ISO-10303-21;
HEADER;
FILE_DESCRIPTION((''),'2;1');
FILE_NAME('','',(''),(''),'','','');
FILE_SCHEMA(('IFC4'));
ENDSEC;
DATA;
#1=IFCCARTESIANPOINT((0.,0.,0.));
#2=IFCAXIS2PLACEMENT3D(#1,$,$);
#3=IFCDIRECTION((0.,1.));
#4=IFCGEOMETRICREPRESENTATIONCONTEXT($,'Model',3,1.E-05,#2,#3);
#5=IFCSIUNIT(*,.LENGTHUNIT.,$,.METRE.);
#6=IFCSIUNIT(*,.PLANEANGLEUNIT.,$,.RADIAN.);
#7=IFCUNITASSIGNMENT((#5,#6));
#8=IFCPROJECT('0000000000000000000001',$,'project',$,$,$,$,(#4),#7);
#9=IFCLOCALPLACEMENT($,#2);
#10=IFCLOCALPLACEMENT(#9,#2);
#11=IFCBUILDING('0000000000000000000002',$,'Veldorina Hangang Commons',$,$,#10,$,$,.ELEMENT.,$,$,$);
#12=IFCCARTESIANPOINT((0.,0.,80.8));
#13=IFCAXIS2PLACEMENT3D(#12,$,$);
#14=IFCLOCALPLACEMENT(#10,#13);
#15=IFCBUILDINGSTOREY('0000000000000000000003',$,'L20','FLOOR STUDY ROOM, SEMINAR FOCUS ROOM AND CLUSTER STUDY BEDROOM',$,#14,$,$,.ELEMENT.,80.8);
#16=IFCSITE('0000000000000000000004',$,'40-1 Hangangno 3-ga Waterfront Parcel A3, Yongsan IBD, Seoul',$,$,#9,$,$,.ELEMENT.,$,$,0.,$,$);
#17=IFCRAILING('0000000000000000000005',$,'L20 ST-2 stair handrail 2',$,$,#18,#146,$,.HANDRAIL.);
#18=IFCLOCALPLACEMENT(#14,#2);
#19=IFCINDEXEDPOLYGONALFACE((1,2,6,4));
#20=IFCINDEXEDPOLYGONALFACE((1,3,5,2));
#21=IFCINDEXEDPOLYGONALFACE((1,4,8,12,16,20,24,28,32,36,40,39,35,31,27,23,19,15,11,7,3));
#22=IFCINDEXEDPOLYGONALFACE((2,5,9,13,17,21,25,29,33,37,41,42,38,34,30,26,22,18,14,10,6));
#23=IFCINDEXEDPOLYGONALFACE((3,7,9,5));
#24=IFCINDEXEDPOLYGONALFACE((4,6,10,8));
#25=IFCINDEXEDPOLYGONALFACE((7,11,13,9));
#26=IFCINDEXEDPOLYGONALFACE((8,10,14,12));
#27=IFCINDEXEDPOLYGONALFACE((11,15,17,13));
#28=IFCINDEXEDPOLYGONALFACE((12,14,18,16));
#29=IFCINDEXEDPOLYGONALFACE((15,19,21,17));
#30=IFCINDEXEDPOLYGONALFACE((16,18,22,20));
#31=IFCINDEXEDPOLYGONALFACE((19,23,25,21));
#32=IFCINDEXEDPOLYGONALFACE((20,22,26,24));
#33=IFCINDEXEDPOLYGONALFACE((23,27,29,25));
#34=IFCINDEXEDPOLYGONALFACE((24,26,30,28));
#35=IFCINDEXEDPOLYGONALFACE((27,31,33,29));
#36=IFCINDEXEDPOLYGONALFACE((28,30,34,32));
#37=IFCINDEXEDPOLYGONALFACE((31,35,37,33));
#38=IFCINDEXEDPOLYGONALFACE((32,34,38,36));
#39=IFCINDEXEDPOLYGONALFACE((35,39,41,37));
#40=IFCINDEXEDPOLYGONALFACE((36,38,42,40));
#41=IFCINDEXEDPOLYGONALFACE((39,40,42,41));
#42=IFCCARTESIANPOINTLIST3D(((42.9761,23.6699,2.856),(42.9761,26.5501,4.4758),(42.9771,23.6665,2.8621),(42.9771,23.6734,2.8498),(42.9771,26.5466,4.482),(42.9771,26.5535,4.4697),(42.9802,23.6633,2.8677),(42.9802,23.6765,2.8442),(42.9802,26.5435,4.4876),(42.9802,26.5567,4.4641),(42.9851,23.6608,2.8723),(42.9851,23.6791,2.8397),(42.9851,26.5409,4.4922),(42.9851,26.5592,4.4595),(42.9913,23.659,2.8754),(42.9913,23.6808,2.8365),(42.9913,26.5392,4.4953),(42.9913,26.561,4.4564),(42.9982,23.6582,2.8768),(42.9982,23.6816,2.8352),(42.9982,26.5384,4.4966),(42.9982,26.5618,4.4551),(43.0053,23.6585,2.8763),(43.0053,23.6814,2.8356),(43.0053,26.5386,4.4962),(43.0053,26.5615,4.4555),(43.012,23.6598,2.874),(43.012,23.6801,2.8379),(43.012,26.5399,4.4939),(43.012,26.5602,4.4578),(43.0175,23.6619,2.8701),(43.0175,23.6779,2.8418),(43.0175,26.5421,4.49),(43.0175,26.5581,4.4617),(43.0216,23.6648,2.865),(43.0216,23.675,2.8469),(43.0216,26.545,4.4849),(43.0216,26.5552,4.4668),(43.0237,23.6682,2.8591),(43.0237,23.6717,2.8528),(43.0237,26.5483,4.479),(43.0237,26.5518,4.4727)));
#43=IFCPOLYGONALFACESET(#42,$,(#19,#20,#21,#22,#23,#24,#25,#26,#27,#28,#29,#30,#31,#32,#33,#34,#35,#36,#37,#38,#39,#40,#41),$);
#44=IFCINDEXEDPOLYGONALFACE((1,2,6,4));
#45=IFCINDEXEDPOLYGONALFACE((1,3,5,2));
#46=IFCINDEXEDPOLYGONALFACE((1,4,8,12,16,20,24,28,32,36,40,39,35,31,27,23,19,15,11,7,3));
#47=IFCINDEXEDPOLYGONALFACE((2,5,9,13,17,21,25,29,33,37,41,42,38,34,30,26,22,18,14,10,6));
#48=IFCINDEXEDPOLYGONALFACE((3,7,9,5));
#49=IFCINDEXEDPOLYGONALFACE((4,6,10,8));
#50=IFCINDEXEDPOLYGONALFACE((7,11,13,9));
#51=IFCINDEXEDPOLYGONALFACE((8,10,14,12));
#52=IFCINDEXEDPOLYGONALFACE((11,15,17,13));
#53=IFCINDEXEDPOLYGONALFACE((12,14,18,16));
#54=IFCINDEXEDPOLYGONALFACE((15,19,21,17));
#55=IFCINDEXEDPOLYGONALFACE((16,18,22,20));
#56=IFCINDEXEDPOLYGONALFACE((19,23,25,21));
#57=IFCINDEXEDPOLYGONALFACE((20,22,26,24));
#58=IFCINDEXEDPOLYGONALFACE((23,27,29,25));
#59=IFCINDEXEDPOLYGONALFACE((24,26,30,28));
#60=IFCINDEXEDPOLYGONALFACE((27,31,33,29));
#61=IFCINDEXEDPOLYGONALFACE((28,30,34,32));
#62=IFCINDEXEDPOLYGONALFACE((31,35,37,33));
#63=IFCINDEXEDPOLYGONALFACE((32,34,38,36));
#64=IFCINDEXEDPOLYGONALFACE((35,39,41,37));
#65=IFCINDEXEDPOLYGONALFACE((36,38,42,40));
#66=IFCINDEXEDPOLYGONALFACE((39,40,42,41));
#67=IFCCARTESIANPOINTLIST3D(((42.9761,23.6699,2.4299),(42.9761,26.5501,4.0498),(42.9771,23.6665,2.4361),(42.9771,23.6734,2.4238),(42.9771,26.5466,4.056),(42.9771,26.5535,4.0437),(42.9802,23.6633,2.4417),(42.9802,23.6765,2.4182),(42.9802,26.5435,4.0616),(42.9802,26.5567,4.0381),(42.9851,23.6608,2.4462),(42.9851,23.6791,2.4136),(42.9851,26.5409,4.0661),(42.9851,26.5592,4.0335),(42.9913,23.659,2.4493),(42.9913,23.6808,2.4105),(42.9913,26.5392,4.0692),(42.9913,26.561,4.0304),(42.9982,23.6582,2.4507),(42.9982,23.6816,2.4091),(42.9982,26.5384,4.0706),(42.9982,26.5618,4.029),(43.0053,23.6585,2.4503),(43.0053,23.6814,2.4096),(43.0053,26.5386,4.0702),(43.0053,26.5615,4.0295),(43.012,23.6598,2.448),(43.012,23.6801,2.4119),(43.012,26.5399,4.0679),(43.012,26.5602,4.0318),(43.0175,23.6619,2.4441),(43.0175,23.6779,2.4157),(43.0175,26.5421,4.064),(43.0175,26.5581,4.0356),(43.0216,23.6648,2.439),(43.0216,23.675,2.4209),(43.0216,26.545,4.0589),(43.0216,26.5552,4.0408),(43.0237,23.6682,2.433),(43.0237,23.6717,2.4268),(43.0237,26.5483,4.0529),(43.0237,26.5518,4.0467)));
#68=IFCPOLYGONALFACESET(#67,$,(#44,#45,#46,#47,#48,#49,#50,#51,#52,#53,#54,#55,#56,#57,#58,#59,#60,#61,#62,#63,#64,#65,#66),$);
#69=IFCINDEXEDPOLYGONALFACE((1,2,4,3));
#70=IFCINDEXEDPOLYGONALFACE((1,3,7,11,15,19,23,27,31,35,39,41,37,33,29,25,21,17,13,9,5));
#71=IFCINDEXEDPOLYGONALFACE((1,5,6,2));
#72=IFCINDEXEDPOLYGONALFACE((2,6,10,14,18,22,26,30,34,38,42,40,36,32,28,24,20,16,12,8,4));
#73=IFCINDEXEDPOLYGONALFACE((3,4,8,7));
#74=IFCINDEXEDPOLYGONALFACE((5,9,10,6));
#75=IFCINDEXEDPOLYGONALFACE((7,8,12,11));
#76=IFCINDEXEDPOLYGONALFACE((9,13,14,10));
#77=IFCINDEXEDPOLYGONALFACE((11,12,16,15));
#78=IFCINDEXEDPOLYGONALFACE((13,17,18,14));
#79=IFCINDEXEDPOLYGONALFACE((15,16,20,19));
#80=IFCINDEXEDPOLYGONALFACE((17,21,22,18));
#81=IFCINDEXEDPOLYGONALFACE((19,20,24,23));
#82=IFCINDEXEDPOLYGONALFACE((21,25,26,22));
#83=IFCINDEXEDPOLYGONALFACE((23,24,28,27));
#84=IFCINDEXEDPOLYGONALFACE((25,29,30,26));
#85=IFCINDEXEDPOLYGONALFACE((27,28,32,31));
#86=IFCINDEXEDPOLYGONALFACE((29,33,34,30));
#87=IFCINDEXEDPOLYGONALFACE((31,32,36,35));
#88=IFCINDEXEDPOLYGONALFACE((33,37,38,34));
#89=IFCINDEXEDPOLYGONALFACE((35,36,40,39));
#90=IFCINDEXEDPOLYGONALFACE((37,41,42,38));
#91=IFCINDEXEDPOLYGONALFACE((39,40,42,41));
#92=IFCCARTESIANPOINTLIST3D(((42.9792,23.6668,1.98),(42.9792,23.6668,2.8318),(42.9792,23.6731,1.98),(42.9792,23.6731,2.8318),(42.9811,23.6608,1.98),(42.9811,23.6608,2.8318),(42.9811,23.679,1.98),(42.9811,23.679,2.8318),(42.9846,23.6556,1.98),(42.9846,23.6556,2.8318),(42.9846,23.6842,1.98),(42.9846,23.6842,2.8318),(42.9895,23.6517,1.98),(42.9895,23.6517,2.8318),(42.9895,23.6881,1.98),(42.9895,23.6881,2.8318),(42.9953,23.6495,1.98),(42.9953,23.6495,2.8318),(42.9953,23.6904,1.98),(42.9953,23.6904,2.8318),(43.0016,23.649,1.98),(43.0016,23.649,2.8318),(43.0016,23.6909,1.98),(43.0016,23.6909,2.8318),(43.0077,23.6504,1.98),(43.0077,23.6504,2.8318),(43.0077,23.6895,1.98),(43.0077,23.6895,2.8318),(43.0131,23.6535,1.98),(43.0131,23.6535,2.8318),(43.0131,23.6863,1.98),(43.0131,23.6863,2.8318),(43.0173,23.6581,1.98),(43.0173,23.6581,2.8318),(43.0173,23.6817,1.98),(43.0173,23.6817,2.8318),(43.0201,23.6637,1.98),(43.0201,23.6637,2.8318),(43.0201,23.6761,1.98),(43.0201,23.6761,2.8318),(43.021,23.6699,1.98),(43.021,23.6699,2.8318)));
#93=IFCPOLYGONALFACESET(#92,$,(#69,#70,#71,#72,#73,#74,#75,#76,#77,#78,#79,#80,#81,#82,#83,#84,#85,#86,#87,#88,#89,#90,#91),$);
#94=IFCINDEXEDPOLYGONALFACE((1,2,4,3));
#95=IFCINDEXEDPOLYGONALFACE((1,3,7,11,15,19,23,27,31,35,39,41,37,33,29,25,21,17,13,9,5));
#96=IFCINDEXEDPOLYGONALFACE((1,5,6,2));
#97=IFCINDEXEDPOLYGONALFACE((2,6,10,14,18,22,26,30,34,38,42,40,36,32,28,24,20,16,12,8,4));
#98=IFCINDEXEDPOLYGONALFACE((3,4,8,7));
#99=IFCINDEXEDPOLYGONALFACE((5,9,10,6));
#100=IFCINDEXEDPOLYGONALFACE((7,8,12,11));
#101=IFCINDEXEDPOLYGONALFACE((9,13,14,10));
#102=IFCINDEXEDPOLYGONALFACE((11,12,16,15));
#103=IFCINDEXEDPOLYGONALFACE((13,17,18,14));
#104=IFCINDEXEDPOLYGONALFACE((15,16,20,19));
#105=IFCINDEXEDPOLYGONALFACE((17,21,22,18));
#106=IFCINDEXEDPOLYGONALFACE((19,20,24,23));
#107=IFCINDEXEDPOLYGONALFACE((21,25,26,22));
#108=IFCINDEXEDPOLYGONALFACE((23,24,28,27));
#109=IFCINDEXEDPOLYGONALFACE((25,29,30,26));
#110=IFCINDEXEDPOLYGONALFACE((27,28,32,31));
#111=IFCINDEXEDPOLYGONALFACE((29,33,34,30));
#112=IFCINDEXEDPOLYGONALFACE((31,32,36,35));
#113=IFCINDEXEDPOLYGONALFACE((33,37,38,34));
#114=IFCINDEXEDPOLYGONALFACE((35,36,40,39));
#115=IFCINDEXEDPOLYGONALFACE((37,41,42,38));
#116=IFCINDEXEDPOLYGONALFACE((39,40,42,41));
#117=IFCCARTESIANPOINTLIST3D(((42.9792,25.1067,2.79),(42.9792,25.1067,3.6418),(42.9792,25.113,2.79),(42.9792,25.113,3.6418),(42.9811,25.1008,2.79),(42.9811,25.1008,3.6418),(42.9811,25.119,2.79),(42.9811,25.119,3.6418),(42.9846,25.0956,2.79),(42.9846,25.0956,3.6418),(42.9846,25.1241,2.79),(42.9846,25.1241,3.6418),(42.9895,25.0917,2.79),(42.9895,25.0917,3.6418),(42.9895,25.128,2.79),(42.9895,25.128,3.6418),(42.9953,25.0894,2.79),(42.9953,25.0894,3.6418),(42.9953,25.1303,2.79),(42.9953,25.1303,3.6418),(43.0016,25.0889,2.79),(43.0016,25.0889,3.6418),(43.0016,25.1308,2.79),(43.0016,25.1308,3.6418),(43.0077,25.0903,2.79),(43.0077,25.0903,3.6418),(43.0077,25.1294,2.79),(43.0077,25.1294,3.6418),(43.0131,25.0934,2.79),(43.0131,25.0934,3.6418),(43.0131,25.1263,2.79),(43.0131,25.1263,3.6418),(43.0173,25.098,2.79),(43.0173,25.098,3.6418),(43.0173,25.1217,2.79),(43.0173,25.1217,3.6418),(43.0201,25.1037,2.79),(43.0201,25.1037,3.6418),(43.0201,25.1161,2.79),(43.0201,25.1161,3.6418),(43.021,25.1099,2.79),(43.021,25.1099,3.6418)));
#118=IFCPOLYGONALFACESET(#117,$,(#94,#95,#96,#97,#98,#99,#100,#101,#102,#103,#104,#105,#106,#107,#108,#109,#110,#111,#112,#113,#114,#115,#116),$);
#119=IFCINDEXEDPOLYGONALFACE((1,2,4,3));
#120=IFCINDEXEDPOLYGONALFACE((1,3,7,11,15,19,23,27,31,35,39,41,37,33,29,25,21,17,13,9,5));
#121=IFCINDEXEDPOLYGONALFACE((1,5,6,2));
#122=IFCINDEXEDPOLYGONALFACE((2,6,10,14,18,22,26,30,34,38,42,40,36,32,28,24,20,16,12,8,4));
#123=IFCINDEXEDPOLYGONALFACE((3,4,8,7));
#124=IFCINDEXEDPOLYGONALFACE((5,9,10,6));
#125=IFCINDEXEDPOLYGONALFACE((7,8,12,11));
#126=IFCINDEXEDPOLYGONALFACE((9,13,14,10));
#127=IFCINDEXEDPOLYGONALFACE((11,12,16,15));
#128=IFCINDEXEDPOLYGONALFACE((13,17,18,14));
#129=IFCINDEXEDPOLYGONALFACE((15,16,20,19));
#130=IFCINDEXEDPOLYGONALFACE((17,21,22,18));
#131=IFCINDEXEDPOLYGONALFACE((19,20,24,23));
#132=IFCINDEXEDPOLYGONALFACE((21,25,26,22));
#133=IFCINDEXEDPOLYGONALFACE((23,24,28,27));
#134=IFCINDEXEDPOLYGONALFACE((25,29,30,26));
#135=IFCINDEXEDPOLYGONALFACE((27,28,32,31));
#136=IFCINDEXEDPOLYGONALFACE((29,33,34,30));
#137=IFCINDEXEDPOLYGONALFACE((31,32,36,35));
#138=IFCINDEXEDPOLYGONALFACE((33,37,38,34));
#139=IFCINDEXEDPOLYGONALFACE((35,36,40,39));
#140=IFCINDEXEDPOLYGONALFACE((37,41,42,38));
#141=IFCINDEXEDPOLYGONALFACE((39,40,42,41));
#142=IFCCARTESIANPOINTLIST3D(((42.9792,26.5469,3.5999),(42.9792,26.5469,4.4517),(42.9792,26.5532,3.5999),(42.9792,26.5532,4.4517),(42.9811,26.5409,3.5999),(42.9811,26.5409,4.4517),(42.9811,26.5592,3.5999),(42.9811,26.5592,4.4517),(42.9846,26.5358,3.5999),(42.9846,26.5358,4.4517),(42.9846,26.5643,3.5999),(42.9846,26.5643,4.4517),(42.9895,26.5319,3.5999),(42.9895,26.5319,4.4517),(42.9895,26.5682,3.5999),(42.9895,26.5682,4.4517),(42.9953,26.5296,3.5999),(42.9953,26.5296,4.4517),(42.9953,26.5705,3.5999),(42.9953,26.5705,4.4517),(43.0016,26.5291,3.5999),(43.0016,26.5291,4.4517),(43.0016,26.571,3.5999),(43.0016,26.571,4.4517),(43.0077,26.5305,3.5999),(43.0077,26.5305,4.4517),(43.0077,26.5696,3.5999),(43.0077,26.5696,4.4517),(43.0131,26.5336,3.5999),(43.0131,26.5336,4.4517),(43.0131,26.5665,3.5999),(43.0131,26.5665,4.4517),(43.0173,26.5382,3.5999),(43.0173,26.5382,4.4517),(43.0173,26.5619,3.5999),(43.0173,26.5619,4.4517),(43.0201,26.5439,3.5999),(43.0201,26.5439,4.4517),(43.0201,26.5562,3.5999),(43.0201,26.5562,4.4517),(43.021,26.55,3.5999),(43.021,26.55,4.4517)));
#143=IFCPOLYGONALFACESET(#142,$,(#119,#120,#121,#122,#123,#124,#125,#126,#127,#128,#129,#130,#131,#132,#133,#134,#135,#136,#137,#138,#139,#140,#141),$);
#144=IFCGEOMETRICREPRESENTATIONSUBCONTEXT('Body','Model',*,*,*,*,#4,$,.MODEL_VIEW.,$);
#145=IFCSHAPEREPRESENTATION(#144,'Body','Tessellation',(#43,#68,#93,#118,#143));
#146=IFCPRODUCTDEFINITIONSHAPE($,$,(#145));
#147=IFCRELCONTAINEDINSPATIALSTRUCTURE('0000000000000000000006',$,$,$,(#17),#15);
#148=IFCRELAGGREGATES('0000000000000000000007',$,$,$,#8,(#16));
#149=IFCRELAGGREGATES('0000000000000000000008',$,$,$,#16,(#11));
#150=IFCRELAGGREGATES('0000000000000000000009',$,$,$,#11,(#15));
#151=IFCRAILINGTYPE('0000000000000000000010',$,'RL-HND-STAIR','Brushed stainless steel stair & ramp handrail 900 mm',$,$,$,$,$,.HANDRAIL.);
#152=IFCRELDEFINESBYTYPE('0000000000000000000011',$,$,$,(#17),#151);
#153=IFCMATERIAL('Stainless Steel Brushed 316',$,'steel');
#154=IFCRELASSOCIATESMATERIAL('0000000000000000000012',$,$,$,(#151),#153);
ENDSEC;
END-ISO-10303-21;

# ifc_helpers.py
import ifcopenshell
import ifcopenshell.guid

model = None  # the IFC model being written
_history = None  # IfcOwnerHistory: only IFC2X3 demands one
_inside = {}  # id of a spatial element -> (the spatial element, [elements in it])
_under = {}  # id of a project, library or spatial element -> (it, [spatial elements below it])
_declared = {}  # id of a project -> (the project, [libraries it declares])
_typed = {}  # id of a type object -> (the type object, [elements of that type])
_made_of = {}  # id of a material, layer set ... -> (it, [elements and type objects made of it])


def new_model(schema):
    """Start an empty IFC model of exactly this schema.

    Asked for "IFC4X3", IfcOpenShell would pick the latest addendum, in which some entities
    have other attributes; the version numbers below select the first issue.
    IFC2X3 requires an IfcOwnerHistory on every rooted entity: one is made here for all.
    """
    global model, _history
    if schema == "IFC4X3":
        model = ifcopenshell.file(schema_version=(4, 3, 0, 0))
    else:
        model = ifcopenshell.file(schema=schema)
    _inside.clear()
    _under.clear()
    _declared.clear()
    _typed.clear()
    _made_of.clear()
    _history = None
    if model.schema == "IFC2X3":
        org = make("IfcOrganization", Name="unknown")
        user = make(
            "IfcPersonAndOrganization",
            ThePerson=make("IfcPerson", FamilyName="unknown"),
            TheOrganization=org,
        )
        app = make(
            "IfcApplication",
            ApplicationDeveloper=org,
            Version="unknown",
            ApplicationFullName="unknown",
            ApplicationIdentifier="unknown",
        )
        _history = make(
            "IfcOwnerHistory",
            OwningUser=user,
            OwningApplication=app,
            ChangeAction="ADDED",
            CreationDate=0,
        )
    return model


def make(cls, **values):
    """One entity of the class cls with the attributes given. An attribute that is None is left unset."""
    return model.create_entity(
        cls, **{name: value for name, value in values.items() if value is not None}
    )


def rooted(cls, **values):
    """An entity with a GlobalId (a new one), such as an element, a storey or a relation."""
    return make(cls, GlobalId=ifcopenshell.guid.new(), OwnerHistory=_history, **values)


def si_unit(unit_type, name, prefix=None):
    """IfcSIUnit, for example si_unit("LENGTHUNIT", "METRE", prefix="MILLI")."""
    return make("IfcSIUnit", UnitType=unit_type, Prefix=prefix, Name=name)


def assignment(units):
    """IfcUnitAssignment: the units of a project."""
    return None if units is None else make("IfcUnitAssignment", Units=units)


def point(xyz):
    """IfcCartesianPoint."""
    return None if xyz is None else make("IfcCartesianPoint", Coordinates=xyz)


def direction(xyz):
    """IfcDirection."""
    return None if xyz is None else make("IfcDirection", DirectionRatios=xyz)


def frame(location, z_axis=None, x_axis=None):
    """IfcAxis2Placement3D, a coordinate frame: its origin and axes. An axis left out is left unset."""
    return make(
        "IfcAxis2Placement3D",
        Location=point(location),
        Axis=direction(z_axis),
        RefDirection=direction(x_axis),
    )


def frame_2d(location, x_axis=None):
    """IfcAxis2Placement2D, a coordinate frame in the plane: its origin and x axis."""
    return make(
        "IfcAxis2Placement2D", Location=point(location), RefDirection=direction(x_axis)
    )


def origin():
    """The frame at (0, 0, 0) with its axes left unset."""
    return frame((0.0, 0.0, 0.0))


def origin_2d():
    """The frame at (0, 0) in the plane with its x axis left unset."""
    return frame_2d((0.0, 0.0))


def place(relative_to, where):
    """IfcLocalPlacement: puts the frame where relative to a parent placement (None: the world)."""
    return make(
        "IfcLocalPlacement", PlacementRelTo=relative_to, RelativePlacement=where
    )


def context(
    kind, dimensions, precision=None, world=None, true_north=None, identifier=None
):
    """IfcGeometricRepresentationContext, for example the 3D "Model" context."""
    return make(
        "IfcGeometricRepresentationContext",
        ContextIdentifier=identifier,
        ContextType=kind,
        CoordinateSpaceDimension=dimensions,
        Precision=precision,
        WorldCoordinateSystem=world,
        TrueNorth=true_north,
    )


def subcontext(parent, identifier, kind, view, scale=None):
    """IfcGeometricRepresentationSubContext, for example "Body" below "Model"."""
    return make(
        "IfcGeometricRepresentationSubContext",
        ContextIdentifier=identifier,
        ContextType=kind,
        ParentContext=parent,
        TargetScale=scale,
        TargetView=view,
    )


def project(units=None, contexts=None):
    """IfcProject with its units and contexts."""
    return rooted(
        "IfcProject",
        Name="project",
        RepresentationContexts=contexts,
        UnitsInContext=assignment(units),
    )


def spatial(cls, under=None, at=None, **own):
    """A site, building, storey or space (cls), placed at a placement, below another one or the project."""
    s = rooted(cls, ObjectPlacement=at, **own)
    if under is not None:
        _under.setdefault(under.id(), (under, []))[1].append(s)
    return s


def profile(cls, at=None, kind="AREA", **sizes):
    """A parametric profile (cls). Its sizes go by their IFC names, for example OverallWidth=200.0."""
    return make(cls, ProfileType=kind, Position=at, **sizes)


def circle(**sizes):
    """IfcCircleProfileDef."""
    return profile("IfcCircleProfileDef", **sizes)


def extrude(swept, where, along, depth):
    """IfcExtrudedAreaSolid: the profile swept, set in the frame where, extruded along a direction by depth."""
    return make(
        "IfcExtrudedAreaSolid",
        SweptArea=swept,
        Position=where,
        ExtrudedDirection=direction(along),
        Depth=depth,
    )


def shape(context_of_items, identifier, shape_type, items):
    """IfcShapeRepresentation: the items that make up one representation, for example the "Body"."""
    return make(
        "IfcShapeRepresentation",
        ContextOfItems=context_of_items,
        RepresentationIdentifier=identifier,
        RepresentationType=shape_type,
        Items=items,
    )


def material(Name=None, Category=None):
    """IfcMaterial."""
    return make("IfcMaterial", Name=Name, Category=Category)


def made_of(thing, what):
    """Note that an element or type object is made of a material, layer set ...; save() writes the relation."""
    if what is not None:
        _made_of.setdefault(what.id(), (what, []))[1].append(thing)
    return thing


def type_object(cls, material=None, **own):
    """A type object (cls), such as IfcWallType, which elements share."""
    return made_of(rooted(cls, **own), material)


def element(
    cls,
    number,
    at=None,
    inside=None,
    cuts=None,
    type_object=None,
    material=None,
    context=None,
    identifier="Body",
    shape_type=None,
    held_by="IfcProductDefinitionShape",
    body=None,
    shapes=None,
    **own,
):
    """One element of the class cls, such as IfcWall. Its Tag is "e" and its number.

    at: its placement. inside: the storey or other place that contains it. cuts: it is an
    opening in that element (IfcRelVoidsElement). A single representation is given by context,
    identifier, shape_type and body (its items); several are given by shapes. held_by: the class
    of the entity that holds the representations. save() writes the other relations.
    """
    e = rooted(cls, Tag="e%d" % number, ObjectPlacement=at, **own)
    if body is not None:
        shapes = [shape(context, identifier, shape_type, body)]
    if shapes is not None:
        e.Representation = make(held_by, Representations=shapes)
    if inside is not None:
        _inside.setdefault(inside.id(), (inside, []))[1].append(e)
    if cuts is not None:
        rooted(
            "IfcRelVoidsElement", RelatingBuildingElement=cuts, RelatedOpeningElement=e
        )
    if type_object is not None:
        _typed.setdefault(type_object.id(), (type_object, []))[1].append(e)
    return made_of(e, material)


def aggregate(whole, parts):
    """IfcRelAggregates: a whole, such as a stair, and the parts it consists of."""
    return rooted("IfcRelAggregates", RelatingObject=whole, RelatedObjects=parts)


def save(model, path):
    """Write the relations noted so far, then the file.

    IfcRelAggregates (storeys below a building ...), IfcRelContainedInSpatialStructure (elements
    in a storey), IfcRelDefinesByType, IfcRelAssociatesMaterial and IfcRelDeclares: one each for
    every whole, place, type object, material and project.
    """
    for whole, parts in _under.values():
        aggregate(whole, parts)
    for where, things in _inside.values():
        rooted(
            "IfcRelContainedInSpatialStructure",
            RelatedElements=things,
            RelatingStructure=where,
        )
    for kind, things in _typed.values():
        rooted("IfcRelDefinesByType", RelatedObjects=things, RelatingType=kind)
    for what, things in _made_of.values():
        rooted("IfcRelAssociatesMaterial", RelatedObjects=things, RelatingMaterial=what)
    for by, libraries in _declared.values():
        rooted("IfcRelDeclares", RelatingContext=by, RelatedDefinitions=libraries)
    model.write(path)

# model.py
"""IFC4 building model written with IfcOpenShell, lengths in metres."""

from ifc_helpers import new_model, si_unit, direction, frame, origin, origin_2d, place, context, subcontext, project, spatial, circle, extrude, material, type_object, element, save


model = new_model("IFC4")

# Units and contexts
model_context = context("Model", 3, precision=1e-05, world=origin(), true_north=direction((0.0, 1.0)))
body_context = subcontext(model_context, "Body", "Model", "MODEL_VIEW")
ifc_project = project(units=[si_unit("LENGTHUNIT", "METRE"), si_unit("PLANEANGLEUNIT", "RADIAN")], contexts=[model_context])

# Site, building, storey
site_placement = place(None, origin())
site = spatial("IfcSite", under=ifc_project, at=site_placement, Name="40-1 Hangangno 3-ga Waterfront Parcel A3, Yongsan IBD, Seoul", CompositionType="ELEMENT", RefElevation=0.0)
building_placement = place(site_placement, origin())
building = spatial("IfcBuilding", under=site, at=building_placement, Name="Veldorina Hangang Commons", CompositionType="ELEMENT")
storey_placement = place(building_placement, frame((0.0, 0.0, 80.8)))
storey = spatial("IfcBuildingStorey", under=building, at=storey_placement, Name="L20", Description="FLOOR STUDY ROOM, SEMINAR FOCUS ROOM AND CLUSTER STUDY BEDROOM", CompositionType="ELEMENT", Elevation=80.8)

# Railing
ifc_material_1 = material(Name="Stainless Steel Brushed 316", Category="steel")
railing_type_1 = type_object("IfcRailingType", Name="RL-HND-STAIR", Description="Brushed stainless steel stair & ramp handrail 900 mm", PredefinedType="HANDRAIL", material=ifc_material_1)
railing_1_placement = place(storey_placement, frame((43.0, 23.6699, 1.98)))
element("IfcRailing", 1, at=railing_1_placement, inside=storey, type_object=railing_type_1, Name="L20 ST-2 stair handrail 2", PredefinedType="HANDRAIL", context=body_context, shape_type="SweptSolid", body=[
    extrude(circle(Radius=0.0239, at=origin_2d()), frame((0.0, 0.0, 0.876), z_axis=(0.0, 0.871601, 0.490216), x_axis=(-1.0, 0.0, 0.0)), (0.0, 0.0, 1.0), 3.3044),
    extrude(circle(Radius=0.0239, at=origin_2d()), frame((0.0, 0.0, 0.45), z_axis=(0.0, 0.871601, 0.490216), x_axis=(-1.0, 0.0, 0.0)), (0.0, 0.0, 1.0), 3.3044),
    extrude(circle(Radius=0.021, at=origin_2d()), origin(), (0.0, 0.0, 1.0), 0.8518),
    extrude(circle(Radius=0.021, at=origin_2d()), frame((0.0, 1.4399, 0.8101)), (0.0, 0.0, 1.0), 0.8518),
    extrude(circle(Radius=0.021, at=origin_2d()), frame((0.0, 2.8801, 1.6199)), (0.0, 0.0, 1.0), 0.8518),
])

save(model, "model.ifc")
